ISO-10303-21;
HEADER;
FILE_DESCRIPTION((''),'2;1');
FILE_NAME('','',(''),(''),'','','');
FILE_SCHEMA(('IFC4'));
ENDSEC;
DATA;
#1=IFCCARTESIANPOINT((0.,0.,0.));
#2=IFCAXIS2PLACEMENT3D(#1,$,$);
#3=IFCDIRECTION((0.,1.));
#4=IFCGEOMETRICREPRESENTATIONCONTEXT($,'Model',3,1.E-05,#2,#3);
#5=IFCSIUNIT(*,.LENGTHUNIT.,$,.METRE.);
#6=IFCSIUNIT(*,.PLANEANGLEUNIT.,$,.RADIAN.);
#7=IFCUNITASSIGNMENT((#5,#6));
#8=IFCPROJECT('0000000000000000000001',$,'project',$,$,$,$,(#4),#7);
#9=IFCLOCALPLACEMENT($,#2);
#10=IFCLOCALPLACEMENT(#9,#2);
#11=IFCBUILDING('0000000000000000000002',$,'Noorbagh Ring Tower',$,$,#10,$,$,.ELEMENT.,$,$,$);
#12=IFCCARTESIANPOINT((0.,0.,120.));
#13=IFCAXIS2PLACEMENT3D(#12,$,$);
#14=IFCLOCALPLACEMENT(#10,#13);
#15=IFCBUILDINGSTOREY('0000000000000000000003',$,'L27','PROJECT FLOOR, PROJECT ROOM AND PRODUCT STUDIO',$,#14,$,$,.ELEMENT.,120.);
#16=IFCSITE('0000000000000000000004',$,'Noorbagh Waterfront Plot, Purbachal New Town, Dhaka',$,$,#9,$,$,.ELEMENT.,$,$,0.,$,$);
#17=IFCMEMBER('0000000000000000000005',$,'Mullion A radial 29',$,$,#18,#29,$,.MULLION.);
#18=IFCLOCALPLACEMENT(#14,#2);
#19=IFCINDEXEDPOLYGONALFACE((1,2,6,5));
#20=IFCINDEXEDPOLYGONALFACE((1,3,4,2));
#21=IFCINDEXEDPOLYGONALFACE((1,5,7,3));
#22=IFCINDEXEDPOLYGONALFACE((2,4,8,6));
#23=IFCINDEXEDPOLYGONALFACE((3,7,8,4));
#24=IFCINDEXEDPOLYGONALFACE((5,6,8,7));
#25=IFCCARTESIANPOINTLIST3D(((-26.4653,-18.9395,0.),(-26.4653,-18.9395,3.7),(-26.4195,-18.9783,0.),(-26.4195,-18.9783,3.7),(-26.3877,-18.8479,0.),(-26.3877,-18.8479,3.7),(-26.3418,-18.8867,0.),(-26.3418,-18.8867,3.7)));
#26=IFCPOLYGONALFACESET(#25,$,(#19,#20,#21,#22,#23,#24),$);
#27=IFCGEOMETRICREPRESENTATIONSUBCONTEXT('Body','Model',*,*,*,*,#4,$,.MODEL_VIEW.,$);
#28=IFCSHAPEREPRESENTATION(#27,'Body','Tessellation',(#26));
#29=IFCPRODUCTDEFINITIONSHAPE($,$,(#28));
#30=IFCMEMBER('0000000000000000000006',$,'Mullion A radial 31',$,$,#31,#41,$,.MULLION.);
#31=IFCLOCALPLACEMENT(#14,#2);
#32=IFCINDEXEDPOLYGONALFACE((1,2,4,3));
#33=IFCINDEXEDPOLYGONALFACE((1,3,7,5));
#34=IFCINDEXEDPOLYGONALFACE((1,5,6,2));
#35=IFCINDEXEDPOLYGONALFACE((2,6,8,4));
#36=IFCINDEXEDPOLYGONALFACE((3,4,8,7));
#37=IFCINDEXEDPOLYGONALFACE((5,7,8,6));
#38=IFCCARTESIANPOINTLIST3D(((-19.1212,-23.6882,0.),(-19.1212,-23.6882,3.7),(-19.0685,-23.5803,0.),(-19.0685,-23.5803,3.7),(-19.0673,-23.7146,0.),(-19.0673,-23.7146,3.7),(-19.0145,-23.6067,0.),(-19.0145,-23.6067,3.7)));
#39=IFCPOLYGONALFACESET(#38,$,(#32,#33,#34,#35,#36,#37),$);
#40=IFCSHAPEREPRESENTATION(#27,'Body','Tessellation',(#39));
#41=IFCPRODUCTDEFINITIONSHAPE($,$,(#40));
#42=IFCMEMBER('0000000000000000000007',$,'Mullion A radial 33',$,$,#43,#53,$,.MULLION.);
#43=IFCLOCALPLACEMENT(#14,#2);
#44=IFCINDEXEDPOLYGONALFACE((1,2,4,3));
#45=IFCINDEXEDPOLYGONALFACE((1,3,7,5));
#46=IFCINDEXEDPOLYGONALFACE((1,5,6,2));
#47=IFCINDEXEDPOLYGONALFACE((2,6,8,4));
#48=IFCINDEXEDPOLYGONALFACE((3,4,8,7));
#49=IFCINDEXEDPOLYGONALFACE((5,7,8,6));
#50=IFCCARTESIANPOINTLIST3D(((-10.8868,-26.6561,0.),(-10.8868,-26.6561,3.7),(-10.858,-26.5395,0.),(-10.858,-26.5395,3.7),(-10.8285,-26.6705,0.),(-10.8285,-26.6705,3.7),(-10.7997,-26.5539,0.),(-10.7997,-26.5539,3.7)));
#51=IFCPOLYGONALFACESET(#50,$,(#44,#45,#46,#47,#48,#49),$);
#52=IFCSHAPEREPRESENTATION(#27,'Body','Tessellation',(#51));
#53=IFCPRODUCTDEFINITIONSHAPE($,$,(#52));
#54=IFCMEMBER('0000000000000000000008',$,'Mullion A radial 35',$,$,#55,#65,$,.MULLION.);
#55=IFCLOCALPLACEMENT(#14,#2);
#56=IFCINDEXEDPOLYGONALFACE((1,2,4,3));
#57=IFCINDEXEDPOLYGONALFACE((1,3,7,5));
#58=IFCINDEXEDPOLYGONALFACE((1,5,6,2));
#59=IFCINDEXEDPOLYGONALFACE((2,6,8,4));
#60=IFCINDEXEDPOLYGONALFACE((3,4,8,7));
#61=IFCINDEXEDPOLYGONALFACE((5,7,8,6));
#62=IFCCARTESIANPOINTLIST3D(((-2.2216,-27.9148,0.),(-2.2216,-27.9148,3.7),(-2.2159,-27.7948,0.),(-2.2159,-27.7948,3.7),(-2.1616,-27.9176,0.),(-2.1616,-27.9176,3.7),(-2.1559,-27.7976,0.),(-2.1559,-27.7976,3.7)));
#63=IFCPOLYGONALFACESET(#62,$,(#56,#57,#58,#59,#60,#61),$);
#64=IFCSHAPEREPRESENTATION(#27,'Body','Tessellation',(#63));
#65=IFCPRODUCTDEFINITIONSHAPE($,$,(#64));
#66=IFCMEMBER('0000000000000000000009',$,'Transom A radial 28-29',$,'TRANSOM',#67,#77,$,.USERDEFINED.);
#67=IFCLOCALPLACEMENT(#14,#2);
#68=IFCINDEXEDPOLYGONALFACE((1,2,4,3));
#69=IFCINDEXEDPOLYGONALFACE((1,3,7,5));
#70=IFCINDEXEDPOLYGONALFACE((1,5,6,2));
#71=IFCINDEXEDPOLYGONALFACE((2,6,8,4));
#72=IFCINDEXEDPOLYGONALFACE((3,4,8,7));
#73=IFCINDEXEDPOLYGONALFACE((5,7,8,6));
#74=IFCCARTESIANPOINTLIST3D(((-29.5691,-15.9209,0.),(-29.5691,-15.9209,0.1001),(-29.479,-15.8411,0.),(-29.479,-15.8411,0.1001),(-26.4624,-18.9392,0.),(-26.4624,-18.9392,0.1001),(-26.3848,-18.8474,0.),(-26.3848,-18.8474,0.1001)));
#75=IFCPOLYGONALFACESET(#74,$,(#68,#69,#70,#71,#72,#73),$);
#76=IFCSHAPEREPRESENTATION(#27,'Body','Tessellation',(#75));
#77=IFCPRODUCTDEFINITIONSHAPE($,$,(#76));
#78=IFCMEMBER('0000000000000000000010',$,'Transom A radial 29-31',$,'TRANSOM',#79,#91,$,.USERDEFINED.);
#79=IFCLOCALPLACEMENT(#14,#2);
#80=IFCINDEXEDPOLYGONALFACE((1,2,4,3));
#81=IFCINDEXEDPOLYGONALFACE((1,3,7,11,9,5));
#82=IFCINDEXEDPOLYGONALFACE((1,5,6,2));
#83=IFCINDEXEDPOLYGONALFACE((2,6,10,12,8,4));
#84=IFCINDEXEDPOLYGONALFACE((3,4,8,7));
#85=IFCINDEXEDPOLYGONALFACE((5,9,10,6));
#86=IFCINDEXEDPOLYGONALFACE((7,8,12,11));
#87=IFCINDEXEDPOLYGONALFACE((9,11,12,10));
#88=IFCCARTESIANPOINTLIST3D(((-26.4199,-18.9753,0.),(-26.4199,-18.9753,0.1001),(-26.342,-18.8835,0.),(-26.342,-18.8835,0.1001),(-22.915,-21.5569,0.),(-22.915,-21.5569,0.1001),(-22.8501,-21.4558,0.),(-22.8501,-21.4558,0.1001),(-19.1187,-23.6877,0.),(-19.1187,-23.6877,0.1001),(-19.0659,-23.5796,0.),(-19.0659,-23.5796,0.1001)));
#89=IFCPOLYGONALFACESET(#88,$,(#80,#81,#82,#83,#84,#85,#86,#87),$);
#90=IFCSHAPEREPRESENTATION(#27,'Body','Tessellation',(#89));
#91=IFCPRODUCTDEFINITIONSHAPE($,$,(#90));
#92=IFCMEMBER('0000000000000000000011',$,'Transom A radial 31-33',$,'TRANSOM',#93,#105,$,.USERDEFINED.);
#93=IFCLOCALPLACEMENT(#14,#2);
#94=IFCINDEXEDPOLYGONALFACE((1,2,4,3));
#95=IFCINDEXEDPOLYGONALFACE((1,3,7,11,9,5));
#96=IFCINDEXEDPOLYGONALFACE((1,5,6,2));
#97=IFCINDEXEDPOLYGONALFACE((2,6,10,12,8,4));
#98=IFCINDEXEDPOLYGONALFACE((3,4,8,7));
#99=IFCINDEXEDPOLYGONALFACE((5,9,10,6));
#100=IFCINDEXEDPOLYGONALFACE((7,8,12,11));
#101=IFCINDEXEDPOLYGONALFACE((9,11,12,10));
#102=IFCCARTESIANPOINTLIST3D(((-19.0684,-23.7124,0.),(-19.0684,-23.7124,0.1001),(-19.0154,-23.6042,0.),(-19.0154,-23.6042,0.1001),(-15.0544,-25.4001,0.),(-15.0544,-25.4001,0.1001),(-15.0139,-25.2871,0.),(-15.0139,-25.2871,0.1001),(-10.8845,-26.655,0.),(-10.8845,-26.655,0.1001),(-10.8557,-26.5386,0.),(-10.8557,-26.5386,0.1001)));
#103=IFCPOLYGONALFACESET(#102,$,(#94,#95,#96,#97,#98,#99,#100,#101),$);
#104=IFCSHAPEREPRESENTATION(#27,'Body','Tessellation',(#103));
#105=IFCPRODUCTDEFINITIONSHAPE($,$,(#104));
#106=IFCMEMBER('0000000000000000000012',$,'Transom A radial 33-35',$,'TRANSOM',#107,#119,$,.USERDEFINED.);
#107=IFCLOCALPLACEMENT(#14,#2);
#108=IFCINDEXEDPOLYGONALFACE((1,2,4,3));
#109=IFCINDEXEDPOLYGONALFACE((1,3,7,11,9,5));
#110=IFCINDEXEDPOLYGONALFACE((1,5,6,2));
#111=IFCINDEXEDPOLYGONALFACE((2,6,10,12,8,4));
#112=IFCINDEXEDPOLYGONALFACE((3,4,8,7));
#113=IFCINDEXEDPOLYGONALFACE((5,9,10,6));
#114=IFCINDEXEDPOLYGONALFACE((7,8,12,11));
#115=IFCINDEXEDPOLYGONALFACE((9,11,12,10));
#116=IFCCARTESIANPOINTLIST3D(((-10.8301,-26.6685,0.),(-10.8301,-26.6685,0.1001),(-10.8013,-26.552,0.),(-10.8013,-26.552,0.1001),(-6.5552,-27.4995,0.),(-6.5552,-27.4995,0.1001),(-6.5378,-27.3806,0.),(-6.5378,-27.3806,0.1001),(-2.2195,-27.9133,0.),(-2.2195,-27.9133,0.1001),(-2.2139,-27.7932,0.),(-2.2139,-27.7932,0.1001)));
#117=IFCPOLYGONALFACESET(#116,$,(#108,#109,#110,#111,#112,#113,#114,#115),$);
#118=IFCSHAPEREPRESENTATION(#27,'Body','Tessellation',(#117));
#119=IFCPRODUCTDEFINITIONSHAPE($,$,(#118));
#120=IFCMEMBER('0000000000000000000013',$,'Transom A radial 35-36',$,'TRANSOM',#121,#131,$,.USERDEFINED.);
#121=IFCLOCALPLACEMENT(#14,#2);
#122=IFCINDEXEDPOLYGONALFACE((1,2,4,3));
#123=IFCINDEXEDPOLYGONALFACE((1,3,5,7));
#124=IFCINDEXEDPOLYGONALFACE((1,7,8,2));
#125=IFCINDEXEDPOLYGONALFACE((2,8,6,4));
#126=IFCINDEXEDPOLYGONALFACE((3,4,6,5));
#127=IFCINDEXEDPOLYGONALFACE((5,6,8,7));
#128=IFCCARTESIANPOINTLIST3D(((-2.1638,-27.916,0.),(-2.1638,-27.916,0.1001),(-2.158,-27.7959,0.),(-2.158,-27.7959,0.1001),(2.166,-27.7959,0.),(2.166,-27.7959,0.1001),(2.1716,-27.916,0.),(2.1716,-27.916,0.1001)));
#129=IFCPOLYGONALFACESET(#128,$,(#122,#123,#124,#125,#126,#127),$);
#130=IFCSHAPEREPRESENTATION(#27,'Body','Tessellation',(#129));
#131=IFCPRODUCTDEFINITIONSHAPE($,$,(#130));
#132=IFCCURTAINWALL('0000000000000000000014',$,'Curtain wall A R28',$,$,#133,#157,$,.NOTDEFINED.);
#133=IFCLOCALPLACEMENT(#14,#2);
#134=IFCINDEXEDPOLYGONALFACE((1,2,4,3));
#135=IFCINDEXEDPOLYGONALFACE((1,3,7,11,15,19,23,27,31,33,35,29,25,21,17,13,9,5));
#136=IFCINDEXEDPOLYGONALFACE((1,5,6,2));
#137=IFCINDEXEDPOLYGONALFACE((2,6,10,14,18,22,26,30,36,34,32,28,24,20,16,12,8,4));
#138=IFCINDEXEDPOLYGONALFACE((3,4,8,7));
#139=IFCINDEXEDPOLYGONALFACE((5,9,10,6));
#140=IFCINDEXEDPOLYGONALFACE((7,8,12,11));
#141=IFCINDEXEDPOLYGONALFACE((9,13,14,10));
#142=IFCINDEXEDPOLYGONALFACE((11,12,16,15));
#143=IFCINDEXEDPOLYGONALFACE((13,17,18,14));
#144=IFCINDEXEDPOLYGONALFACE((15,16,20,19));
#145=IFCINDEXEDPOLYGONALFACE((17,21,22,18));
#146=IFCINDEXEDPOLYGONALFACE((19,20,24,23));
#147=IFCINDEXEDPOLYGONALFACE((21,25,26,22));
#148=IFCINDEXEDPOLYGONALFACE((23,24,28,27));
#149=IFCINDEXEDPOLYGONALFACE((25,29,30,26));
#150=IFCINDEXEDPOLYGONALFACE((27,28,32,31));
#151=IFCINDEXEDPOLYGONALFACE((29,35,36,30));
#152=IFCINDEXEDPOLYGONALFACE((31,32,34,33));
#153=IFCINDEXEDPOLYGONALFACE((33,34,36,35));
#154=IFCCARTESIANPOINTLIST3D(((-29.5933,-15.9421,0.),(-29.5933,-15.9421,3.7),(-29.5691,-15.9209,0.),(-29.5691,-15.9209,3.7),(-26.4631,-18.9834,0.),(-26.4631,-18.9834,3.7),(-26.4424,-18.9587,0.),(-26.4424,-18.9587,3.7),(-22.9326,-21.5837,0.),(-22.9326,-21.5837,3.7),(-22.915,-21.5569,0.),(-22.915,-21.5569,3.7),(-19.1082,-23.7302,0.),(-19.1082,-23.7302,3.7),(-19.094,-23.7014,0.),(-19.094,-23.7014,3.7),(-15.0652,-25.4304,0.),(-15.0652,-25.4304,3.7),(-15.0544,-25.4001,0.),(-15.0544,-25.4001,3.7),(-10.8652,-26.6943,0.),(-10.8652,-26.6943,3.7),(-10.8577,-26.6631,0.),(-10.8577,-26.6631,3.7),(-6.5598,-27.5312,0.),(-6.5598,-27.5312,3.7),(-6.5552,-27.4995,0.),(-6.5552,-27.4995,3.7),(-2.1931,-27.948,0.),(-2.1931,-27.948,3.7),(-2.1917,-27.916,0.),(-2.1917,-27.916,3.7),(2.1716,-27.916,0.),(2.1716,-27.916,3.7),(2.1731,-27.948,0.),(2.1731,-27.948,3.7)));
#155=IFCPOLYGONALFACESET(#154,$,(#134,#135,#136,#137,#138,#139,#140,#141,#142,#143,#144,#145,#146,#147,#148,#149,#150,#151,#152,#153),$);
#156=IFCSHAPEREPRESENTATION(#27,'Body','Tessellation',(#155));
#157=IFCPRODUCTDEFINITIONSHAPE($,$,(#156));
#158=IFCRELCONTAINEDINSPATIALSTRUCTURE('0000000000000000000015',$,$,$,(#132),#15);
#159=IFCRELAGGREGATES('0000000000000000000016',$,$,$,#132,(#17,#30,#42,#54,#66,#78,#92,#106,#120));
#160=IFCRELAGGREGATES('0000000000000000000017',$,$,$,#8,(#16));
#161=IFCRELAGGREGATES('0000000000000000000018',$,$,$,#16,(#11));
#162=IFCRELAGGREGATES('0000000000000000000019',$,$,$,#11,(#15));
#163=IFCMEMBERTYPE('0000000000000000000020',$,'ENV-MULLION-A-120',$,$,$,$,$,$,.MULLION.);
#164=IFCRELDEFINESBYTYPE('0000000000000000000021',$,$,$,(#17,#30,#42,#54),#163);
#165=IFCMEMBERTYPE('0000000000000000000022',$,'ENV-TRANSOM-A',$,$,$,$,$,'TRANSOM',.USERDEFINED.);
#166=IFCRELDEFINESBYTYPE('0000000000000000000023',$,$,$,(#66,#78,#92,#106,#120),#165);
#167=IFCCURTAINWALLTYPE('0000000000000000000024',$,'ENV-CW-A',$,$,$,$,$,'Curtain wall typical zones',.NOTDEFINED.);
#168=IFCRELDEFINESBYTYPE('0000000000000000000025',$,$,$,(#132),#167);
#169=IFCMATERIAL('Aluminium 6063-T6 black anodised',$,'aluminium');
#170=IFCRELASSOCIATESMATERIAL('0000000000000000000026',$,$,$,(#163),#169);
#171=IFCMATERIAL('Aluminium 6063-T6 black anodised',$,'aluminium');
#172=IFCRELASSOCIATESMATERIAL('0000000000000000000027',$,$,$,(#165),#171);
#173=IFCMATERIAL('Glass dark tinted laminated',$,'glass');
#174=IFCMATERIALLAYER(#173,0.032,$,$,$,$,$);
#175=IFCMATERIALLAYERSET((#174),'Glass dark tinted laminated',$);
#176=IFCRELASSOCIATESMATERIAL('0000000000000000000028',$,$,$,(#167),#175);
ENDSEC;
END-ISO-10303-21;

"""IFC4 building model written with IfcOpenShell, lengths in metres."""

from ifc_helpers import new_model, si_unit, direction, frame, origin, origin_2d, place, context, subcontext, project, spatial, polyline, rectangle, outline, extrude, material, layer, layer_set, material_profile, profile_set, type_object, element, aggregate, save


model = new_model("IFC4")

# Units and contexts
model_context = context("Model", 3, precision=1e-05, world=origin(), true_north=direction((0.0, 1.0)))
body_context = subcontext(model_context, "Body", "Model", "MODEL_VIEW")
ifc_project = project(units=[si_unit("LENGTHUNIT", "METRE"), si_unit("PLANEANGLEUNIT", "RADIAN")], contexts=[model_context])

# Members
ifc_material_1 = material(Name="Aluminium 6063-T6 black anodised", Category="aluminium")
ifc_material_profile = material_profile(ifc_material_1, rectangle(XDim=0.1201, YDim=0.0601, at=origin_2d()), Name="120x60")
ifc_profile_set = profile_set([ifc_material_profile], Name="Aluminium 6063-T6 black anodised")
member_type_1 = type_object("IfcMemberType", Name="ENV-MULLION-A-120", PredefinedType="MULLION", material=ifc_profile_set)
site_placement = place(None, origin())
building_placement = place(site_placement, origin())
storey_placement = place(building_placement, frame((0.0, 0.0, 120.0)))
member_1_placement = place(storey_placement, frame((-26.4036, -18.9131, 0.0), z_axis=(0.0, 0.0, 1.0), x_axis=(0.646451, 0.762955, 0.0)))
member_1 = element("IfcMember", 1, at=member_1_placement, type_object=member_type_1, Name="Mullion A radial 29", PredefinedType="MULLION", context=body_context, shape_type="SweptSolid", body=[
    extrude(rectangle(XDim=0.1201, YDim=0.0601, at=origin_2d()), origin(), (0.0, 0.0, 1.0), 3.7),
])
member_2_placement = place(storey_placement, frame((-19.0679, -23.6475, 0.0), z_axis=(0.0, 0.0, 1.0), x_axis=(0.439238, 0.898371, 0.0)))
member_2 = element("IfcMember", 2, at=member_2_placement, type_object=member_type_1, Name="Mullion A radial 31", PredefinedType="MULLION", context=body_context, shape_type="SweptSolid", body=[
    extrude(rectangle(XDim=0.1201, YDim=0.0601, at=origin_2d()), origin(), (0.0, 0.0, 1.0), 3.7),
])
member_3_placement = place(storey_placement, frame((-10.8433, -26.605, 0.0), z_axis=(0.0, 0.0, 1.0), x_axis=(0.239799, 0.970823, 0.0)))
member_3 = element("IfcMember", 3, at=member_3_placement, type_object=member_type_1, Name="Mullion A radial 33", PredefinedType="MULLION", context=body_context, shape_type="SweptSolid", body=[
    extrude(rectangle(XDim=0.1201, YDim=0.0601, at=origin_2d()), origin(), (0.0, 0.0, 1.0), 3.7),
])
member_4_placement = place(storey_placement, frame((-2.1887, -27.8562, 0.0), z_axis=(0.0, 0.0, 1.0), x_axis=(0.047558, 0.998868, 0.0)))
member_4 = element("IfcMember", 4, at=member_4_placement, type_object=member_type_1, Name="Mullion A radial 35", PredefinedType="MULLION", context=body_context, shape_type="SweptSolid", body=[
    extrude(rectangle(XDim=0.1201, YDim=0.0601, at=origin_2d()), origin(), (0.0, 0.0, 1.0), 3.7),
])
ifc_material_2 = material(Name="Aluminium 6063-T6 black anodised", Category="aluminium")
member_type_2 = type_object("IfcMemberType", Name="ENV-TRANSOM-A", ElementType="TRANSOM", PredefinedType="USERDEFINED", material=ifc_material_2)
member_5_placement = place(storey_placement, origin())
member_5 = element("IfcMember", 5, at=member_5_placement, type_object=member_type_2, Name="Transom A radial 28-29", ObjectType="TRANSOM", PredefinedType="USERDEFINED", context=body_context, shape_type="SweptSolid", body=[
    extrude(outline(polyline([(-29.5691, -15.9209), (-26.4624, -18.9392), (-26.3848, -18.8474), (-29.479, -15.8411), (-29.5691, -15.9209)])), origin(), (0.0, 0.0, 1.0), 0.1001),
])
member_6_placement = place(storey_placement, origin())
member_6 = element("IfcMember", 6, at=member_6_placement, type_object=member_type_2, Name="Transom A radial 29-31", ObjectType="TRANSOM", PredefinedType="USERDEFINED", context=body_context, shape_type="SweptSolid", body=[
    extrude(outline(polyline([(-26.4199, -18.9753), (-22.915, -21.5569), (-19.1187, -23.6877), (-19.0659, -23.5796), (-22.8501, -21.4558), (-26.342, -18.8835), (-26.4199, -18.9753)])), origin(), (0.0, 0.0, 1.0), 0.1001),
])
member_7_placement = place(storey_placement, origin())
member_7 = element("IfcMember", 7, at=member_7_placement, type_object=member_type_2, Name="Transom A radial 31-33", ObjectType="TRANSOM", PredefinedType="USERDEFINED", context=body_context, shape_type="SweptSolid", body=[
    extrude(outline(polyline([(-19.0684, -23.7124), (-15.0544, -25.4001), (-10.8845, -26.655), (-10.8557, -26.5386), (-15.0139, -25.2871), (-19.0154, -23.6042), (-19.0684, -23.7124)])), origin(), (0.0, 0.0, 1.0), 0.1001),
])
member_8_placement = place(storey_placement, origin())
member_8 = element("IfcMember", 8, at=member_8_placement, type_object=member_type_2, Name="Transom A radial 33-35", ObjectType="TRANSOM", PredefinedType="USERDEFINED", context=body_context, shape_type="SweptSolid", body=[
    extrude(outline(polyline([(-10.8301, -26.6685), (-6.5552, -27.4995), (-2.2195, -27.9133), (-2.2139, -27.7932), (-6.5378, -27.3806), (-10.8013, -26.552), (-10.8301, -26.6685)])), origin(), (0.0, 0.0, 1.0), 0.1001),
])
member_9_placement = place(storey_placement, origin())
member_9 = element("IfcMember", 9, at=member_9_placement, type_object=member_type_2, Name="Transom A radial 35-36", ObjectType="TRANSOM", PredefinedType="USERDEFINED", context=body_context, shape_type="SweptSolid", body=[
    extrude(outline(polyline([(-2.1638, -27.916), (2.1716, -27.916), (2.166, -27.7959), (-2.158, -27.7959), (-2.1638, -27.916)])), origin(), (0.0, 0.0, 1.0), 0.1001),
])

# Site, building, storey
site = spatial("IfcSite", under=ifc_project, at=site_placement, Name="Noorbagh Waterfront Plot, Purbachal New Town, Dhaka", CompositionType="ELEMENT", RefElevation=0.0)
building = spatial("IfcBuilding", under=site, at=building_placement, Name="Noorbagh Ring Tower", CompositionType="ELEMENT")
storey = spatial("IfcBuildingStorey", under=building, at=storey_placement, Name="L27", Description="PROJECT FLOOR, PROJECT ROOM AND PRODUCT STUDIO", CompositionType="ELEMENT", Elevation=120.0)

# Curtain wall
ifc_material_3 = material(Name="Glass dark tinted laminated", Category="glass")
ifc_layer = layer(ifc_material_3, 0.032)
ifc_layer_set = layer_set([ifc_layer], Name="Glass dark tinted laminated")
curtain_wall_type = type_object("IfcCurtainWallType", Name="ENV-CW-A", ElementType="Curtain wall typical zones", PredefinedType="NOTDEFINED", material=ifc_layer_set)
curtain_wall_1_placement = place(storey_placement, origin())
curtain_wall_1 = element("IfcCurtainWall", 10, at=curtain_wall_1_placement, inside=storey, type_object=curtain_wall_type, Name="Curtain wall A R28", PredefinedType="NOTDEFINED", context=body_context, shape_type="SweptSolid", body=[
    extrude(outline(polyline([(-29.5933, -15.9421), (-26.4631, -18.9834), (-22.9326, -21.5837), (-19.1082, -23.7302), (-15.0652, -25.4304), (-10.8652, -26.6943), (-6.5598, -27.5312), (-2.1931, -27.948), (2.1731, -27.948), (2.1716, -27.916), (-2.1917, -27.916), (-6.5552, -27.4995), (-10.8577, -26.6631), (-15.0544, -25.4001), (-19.094, -23.7014), (-22.915, -21.5569), (-26.4424, -18.9587), (-29.5691, -15.9209), (-29.5933, -15.9421)])), origin(), (0.0, 0.0, 1.0), 3.7),
])
aggregate(curtain_wall_1, [member_1, member_2, member_3, member_4, member_5, member_6, member_7, member_8, member_9])

save(model, "model.ifc")
